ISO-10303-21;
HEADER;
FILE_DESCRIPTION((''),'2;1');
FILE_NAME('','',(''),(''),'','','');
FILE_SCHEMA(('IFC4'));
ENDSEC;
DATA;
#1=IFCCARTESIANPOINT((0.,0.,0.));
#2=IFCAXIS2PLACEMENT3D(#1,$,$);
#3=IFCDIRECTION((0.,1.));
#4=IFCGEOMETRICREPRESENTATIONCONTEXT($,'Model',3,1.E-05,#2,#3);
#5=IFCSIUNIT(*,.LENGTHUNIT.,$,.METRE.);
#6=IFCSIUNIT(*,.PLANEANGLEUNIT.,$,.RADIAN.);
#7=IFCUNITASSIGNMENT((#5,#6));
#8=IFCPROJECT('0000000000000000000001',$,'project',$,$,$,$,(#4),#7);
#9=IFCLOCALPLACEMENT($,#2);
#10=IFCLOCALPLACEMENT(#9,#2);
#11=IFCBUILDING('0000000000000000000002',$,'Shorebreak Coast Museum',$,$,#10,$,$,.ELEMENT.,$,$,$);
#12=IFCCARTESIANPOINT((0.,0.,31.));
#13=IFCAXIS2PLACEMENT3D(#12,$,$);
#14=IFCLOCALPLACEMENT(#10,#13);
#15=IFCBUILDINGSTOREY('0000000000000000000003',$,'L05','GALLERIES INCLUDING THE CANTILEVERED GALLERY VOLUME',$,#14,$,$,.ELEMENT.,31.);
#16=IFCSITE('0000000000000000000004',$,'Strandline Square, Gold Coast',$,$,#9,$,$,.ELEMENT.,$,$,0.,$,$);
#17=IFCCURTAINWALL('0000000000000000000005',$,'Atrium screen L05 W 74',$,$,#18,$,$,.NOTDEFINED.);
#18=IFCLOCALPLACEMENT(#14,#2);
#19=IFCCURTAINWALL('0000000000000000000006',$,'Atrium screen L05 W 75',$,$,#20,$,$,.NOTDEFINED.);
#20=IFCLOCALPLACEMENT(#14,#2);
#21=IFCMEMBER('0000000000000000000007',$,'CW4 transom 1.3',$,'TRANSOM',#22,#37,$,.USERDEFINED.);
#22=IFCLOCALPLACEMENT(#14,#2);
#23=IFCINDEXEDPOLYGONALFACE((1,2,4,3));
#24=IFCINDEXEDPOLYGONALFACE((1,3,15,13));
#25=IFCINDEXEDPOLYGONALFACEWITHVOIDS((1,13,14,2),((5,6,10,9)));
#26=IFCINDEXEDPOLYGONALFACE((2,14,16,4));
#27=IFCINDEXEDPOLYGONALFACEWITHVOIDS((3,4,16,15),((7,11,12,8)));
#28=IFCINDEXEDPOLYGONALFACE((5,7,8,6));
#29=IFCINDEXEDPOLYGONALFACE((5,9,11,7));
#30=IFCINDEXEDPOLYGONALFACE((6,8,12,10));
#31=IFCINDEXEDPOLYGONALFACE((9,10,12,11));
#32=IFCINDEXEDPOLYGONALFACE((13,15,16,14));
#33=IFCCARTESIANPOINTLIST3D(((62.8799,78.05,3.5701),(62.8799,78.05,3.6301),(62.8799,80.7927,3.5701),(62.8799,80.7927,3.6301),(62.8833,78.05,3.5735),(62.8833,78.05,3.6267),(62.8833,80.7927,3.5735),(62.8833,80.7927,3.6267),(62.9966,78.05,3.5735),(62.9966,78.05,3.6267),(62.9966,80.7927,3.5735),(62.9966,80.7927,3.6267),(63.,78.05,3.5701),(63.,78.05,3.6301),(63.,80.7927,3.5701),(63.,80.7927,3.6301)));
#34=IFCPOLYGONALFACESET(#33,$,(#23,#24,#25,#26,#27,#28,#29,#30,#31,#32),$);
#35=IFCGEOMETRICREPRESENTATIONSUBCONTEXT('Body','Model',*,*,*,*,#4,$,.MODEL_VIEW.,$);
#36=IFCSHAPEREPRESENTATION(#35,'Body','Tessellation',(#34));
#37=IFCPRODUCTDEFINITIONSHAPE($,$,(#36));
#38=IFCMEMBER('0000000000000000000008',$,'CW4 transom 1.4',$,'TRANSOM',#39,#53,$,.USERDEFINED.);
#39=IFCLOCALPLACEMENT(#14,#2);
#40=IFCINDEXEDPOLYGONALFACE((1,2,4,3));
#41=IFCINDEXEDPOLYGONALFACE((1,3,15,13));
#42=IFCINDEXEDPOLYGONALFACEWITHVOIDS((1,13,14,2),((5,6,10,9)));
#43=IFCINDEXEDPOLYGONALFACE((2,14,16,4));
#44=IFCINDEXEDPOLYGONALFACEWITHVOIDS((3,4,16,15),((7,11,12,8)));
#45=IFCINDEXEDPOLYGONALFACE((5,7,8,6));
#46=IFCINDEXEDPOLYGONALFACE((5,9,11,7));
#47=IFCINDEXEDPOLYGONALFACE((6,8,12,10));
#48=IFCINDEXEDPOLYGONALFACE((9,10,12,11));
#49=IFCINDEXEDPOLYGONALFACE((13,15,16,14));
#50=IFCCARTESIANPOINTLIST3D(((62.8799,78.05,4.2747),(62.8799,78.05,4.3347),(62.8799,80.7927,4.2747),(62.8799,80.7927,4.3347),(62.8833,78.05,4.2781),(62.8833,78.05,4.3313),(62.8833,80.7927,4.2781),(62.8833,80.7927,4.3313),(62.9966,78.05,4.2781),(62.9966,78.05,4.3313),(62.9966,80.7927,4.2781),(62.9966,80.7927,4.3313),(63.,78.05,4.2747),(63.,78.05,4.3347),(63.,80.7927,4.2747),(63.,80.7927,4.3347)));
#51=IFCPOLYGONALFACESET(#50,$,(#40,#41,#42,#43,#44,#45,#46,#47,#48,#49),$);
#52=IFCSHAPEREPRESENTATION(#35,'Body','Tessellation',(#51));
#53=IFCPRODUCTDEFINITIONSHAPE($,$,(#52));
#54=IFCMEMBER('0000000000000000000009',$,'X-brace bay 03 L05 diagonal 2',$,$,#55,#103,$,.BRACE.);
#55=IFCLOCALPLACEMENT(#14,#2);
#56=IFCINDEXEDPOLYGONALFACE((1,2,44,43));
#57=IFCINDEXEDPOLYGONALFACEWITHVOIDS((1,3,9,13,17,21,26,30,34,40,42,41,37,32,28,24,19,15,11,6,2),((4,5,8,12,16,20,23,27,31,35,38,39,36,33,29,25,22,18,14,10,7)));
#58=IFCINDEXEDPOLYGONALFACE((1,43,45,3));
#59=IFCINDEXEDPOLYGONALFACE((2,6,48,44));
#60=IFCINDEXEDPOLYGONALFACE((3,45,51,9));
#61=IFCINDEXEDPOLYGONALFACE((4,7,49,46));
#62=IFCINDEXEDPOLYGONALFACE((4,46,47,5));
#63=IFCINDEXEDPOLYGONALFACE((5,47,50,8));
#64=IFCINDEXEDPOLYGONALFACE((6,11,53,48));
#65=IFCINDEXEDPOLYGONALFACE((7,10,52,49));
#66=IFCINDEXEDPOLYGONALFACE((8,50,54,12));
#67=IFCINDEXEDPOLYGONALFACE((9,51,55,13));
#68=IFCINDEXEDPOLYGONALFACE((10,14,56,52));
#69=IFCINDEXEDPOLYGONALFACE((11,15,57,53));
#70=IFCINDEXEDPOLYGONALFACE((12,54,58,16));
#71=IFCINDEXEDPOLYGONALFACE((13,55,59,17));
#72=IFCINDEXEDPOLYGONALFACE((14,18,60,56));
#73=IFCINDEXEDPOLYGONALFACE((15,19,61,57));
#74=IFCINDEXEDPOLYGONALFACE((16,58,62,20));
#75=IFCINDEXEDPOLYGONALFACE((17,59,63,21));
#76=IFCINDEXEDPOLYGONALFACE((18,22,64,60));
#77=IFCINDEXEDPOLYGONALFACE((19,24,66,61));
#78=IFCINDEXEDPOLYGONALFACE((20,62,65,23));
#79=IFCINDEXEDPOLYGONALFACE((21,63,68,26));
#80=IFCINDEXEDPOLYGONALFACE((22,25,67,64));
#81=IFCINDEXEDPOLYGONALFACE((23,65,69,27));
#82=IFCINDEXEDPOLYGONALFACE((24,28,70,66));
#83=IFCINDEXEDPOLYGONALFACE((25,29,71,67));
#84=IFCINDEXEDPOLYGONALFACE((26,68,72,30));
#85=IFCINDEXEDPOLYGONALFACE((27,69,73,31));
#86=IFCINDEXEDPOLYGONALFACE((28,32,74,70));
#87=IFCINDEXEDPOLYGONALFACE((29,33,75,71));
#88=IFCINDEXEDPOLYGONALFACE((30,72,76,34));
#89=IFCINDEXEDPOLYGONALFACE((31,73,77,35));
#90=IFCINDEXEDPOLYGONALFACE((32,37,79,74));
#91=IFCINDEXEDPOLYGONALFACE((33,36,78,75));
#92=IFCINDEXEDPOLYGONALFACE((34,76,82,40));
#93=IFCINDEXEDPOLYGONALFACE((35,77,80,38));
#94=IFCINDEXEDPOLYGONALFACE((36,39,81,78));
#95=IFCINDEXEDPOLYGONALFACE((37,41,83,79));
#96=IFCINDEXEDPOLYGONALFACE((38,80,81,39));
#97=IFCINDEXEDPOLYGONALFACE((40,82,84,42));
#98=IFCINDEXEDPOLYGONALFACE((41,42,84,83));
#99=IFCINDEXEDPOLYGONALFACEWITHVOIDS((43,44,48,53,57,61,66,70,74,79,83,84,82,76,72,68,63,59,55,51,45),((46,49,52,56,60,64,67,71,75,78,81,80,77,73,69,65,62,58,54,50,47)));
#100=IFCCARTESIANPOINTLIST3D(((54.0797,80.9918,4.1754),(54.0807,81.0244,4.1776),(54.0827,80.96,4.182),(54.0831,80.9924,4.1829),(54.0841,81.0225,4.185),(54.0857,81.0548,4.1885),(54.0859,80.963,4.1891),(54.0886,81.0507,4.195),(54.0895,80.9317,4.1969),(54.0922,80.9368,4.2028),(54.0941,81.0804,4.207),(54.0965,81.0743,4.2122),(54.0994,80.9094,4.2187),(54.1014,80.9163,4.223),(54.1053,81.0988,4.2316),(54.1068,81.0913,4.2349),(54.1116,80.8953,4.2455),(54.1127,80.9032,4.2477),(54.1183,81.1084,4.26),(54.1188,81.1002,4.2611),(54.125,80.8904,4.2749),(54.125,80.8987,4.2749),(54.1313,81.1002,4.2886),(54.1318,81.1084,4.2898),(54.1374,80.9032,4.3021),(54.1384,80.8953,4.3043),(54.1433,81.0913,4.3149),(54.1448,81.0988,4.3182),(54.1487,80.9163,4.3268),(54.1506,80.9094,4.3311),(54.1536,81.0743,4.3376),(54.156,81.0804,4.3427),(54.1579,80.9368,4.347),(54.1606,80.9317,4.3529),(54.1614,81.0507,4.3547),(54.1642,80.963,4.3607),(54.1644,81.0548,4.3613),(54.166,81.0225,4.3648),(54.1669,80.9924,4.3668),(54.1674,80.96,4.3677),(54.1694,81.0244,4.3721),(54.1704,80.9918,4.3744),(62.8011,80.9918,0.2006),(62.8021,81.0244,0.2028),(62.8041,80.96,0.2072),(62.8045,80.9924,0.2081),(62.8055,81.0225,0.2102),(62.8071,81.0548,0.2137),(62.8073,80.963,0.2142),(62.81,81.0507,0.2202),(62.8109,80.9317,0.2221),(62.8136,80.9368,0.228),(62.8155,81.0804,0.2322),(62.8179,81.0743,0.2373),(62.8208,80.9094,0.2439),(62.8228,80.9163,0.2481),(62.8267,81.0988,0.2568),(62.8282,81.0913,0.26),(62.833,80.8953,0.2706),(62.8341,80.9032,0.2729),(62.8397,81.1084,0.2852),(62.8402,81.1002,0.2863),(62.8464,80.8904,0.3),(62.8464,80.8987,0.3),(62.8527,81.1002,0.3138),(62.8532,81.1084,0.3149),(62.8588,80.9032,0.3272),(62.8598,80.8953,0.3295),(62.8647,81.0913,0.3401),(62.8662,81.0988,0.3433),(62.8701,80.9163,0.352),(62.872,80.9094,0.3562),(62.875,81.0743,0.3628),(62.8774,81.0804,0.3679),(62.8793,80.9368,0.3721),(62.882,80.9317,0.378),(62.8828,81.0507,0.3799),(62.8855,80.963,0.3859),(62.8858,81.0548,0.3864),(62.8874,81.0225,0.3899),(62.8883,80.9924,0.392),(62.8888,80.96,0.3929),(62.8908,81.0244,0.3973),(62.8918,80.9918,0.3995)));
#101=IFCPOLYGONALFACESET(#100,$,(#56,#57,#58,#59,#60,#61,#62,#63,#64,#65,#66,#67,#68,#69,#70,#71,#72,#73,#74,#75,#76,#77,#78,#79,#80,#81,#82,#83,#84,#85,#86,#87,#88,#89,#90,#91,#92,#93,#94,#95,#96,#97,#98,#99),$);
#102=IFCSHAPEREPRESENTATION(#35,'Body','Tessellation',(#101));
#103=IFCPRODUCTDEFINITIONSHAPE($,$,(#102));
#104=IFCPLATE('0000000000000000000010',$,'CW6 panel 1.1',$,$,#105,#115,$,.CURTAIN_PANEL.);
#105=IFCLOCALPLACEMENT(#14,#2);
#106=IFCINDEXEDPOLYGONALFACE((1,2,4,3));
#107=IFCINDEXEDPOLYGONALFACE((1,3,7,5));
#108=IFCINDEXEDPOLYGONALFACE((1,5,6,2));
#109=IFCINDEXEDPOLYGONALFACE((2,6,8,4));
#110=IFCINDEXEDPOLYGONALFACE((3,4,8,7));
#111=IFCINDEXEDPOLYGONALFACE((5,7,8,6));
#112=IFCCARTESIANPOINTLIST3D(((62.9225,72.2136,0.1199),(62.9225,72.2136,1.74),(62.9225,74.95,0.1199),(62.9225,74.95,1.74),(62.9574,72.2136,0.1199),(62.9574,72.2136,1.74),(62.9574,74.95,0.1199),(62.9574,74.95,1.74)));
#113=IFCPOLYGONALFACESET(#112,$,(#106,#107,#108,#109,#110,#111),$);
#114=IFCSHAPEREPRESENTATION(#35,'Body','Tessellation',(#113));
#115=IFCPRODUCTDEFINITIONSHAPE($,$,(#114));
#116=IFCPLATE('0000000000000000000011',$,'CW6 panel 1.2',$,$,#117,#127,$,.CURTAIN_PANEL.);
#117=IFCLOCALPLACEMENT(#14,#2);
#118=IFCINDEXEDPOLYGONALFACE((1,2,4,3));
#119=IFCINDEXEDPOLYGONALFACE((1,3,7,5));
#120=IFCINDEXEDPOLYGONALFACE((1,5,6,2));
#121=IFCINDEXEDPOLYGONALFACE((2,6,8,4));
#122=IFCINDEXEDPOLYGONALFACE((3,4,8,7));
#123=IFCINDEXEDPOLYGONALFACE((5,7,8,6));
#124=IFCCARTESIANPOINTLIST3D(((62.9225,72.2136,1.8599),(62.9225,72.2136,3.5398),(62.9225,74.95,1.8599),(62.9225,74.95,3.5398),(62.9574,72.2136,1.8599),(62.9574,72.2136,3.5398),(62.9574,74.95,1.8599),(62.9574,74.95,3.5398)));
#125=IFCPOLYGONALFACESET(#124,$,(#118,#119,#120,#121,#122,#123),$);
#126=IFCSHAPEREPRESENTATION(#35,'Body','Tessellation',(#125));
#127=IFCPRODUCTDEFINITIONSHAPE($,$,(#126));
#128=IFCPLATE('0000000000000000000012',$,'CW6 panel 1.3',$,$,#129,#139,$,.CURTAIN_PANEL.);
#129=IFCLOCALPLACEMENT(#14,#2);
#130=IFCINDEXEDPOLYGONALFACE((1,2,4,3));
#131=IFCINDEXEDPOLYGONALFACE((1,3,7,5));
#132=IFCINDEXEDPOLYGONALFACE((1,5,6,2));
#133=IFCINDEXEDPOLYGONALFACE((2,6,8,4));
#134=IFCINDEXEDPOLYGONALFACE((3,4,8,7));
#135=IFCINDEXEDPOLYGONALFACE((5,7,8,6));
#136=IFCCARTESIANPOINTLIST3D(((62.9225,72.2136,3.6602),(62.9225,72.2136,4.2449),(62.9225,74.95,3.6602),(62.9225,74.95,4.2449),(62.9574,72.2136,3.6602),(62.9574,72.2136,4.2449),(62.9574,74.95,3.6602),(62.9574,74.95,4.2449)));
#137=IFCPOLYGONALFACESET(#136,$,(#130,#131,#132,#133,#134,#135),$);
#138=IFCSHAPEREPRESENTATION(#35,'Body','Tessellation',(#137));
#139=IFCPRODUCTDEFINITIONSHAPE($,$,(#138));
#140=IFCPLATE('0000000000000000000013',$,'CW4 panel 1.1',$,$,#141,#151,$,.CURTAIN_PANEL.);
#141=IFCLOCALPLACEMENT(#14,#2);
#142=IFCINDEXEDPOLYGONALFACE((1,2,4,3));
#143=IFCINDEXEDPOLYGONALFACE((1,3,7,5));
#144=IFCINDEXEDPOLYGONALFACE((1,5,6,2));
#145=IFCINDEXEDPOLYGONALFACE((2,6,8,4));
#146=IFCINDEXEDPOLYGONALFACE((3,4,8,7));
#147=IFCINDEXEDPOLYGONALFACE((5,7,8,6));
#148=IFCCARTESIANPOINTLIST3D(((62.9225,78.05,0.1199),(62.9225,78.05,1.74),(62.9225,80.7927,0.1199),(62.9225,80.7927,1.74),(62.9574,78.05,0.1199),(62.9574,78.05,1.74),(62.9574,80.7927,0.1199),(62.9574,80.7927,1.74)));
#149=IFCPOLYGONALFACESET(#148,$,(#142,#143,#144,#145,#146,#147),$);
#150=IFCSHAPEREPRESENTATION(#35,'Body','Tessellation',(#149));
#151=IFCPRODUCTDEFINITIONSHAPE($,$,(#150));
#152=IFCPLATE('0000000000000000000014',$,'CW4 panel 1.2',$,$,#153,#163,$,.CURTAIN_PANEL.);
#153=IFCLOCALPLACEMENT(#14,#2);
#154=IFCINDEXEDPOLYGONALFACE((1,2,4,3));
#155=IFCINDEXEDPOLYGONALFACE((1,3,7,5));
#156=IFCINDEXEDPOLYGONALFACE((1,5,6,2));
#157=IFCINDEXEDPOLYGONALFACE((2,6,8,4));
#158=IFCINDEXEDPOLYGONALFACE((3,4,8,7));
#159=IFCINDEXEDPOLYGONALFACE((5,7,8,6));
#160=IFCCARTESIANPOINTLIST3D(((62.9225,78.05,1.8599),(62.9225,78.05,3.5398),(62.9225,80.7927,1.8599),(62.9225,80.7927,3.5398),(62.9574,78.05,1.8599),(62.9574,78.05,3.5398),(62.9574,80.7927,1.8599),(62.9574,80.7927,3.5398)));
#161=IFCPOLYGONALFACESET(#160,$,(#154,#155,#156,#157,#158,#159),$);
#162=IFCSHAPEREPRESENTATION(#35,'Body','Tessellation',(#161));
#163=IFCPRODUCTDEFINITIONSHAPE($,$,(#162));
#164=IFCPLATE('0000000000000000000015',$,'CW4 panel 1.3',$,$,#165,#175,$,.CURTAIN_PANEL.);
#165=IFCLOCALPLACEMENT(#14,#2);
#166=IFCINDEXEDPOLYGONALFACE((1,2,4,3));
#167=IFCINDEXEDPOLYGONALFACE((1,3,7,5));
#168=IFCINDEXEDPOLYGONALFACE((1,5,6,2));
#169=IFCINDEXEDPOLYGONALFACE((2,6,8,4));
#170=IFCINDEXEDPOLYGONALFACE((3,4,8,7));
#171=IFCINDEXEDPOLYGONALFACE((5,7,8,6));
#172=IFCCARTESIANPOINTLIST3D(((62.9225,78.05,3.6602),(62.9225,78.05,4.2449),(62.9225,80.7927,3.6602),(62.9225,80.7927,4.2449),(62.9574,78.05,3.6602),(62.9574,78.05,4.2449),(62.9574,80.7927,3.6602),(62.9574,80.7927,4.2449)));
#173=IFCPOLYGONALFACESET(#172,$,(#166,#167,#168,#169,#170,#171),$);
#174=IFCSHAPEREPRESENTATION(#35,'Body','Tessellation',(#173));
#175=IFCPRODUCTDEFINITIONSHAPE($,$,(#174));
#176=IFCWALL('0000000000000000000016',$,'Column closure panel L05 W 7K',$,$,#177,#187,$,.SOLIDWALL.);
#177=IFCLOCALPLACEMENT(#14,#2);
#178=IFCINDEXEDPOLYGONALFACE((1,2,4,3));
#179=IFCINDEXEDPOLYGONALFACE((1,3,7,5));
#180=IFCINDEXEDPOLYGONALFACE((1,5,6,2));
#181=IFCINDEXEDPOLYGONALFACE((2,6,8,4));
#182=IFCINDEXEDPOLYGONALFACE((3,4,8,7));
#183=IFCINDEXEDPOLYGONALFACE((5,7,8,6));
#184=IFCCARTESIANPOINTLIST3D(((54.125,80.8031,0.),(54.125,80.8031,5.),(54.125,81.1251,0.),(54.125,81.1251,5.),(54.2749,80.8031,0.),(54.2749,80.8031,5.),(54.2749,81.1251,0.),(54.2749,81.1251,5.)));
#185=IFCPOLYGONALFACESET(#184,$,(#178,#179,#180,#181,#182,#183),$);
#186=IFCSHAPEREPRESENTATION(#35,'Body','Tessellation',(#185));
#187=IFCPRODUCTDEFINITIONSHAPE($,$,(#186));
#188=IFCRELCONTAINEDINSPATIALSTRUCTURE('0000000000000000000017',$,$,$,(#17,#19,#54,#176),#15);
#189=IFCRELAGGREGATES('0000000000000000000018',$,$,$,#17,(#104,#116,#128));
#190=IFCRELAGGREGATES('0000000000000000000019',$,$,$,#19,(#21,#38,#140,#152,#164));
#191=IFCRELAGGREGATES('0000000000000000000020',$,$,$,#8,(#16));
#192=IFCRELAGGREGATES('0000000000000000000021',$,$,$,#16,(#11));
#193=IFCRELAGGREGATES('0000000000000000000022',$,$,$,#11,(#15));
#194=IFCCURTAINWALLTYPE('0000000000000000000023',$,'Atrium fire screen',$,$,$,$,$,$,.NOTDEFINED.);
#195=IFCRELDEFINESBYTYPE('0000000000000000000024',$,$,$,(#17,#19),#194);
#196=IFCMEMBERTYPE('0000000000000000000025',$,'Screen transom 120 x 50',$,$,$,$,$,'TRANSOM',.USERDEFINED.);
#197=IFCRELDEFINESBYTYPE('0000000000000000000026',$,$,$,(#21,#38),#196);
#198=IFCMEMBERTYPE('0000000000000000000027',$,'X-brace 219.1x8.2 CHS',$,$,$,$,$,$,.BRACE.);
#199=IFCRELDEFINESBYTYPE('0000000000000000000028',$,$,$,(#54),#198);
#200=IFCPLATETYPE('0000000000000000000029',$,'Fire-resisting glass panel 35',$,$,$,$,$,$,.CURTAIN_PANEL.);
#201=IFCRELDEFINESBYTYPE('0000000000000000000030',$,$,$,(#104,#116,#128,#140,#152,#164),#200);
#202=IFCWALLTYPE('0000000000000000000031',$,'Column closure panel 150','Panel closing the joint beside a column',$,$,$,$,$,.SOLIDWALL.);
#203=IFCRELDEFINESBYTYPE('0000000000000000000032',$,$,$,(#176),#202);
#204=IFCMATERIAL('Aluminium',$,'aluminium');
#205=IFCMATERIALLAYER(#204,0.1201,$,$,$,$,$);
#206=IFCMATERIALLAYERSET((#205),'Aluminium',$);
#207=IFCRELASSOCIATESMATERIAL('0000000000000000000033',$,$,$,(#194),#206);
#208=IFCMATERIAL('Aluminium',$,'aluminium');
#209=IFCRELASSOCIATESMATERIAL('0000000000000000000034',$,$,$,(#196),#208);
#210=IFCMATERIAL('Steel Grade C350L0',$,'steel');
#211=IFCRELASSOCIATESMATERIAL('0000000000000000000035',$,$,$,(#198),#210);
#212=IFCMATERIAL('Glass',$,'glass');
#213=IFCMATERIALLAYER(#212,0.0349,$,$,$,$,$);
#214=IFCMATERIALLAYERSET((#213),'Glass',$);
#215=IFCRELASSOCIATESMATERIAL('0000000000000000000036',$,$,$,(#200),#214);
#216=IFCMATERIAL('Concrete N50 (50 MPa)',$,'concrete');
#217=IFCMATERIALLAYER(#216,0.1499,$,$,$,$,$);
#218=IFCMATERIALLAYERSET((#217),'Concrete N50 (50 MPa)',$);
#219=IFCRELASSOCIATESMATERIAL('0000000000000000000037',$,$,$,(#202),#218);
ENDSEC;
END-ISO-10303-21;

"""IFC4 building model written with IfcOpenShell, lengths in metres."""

from ifc_helpers import new_model, si_unit, direction, frame, frame_2d, origin, origin_2d, place, context, subcontext, project, spatial, rectangle, hollow_rectangle, hollow_circle, extrude, material, layer, layer_set, material_profile, profile_set, type_object, element, aggregate, save


model = new_model("IFC4")

# Units and contexts
model_context = context("Model", 3, precision=1e-05, world=origin(), true_north=direction((0.0, 1.0)))
body_context = subcontext(model_context, "Body", "Model", "MODEL_VIEW")
ifc_project = project(units=[si_unit("LENGTHUNIT", "METRE"), si_unit("PLANEANGLEUNIT", "RADIAN")], contexts=[model_context])

# Site, building, storey
site_placement = place(None, origin())
site = spatial("IfcSite", under=ifc_project, at=site_placement, Name="Strandline Square, Gold Coast", CompositionType="ELEMENT", RefElevation=0.0)
building_placement = place(site_placement, origin())
building = spatial("IfcBuilding", under=site, at=building_placement, Name="Shorebreak Coast Museum", CompositionType="ELEMENT")
storey_placement = place(building_placement, frame((0.0, 0.0, 31.0)))
storey = spatial("IfcBuildingStorey", under=building, at=storey_placement, Name="L05", Description="GALLERIES INCLUDING THE CANTILEVERED GALLERY VOLUME", CompositionType="ELEMENT", Elevation=31.0)

# Curtain wall
ifc_material_1 = material(Name="Aluminium", Category="aluminium")
ifc_layer_1 = layer(ifc_material_1, 0.1201)
ifc_layer_set_1 = layer_set([ifc_layer_1], Name="Aluminium")
curtain_wall_type = type_object("IfcCurtainWallType", Name="Atrium fire screen", PredefinedType="NOTDEFINED", material=ifc_layer_set_1)
curtain_wall_1_placement = place(storey_placement, origin())
curtain_wall_1 = element("IfcCurtainWall", 1, at=curtain_wall_1_placement, inside=storey, type_object=curtain_wall_type, Name="Atrium screen L05 W 74", PredefinedType="NOTDEFINED")

# Curtain wall
curtain_wall_2_placement = place(storey_placement, origin())
curtain_wall_2 = element("IfcCurtainWall", 2, at=curtain_wall_2_placement, inside=storey, type_object=curtain_wall_type, Name="Atrium screen L05 W 75", PredefinedType="NOTDEFINED")

# Members
ifc_material_2 = material(Name="Aluminium", Category="aluminium")
ifc_material_profile_1 = material_profile(ifc_material_2, hollow_rectangle(XDim=0.1201, YDim=0.0601, WallThickness=0.0034, at=origin_2d()), Name="AL 60x120 RHS")
ifc_profile_set_1 = profile_set([ifc_material_profile_1], Name="Aluminium")
member_type_1 = type_object("IfcMemberType", Name="Screen transom 120 x 50", ElementType="TRANSOM", PredefinedType="USERDEFINED", material=ifc_profile_set_1)
member_1_placement = place(storey_placement, frame((62.9399, 78.05, 3.6001), z_axis=(0.0, 1.0, 0.0), x_axis=(-1.0, 0.0, 0.0)))
member_1 = element("IfcMember", 3, at=member_1_placement, type_object=member_type_1, Name="CW4 transom 1.3", ObjectType="TRANSOM", PredefinedType="USERDEFINED", context=body_context, shape_type="SweptSolid", body=[
    extrude(hollow_rectangle(XDim=0.1201, YDim=0.0601, WallThickness=0.0034, at=origin_2d()), origin(), (0.0, 0.0, 1.0), 2.7427),
])
member_2_placement = place(storey_placement, frame((62.9399, 78.05, 4.3047), z_axis=(0.0, 1.0, 0.0), x_axis=(-1.0, 0.0, 0.0)))
member_2 = element("IfcMember", 4, at=member_2_placement, type_object=member_type_1, Name="CW4 transom 1.4", ObjectType="TRANSOM", PredefinedType="USERDEFINED", context=body_context, shape_type="SweptSolid", body=[
    extrude(hollow_rectangle(XDim=0.1201, YDim=0.0601, WallThickness=0.0034, at=origin_2d()), origin(), (0.0, 0.0, 1.0), 2.7427),
])
ifc_material_3 = material(Name="Steel Grade C350L0", Category="steel")
ifc_material_profile_2 = material_profile(ifc_material_3, hollow_circle(Radius=0.1096, WallThickness=0.0083, at=origin_2d()), Name="219.1x8.2 CHS")
ifc_profile_set_2 = profile_set([ifc_material_profile_2], Name="Steel Grade C350L0")
member_type_2 = type_object("IfcMemberType", Name="X-brace 219.1x8.2 CHS", PredefinedType="BRACE", material=ifc_profile_set_2)
member_3_placement = place(storey_placement, frame((62.8464, 81.0, 0.3), z_axis=(-0.909951, 0.0, 0.414716), x_axis=(0.0, -1.0, 0.0)))
element("IfcMember", 5, at=member_3_placement, inside=storey, type_object=member_type_2, Name="X-brace bay 03 L05 diagonal 2", PredefinedType="BRACE", context=body_context, shape_type="SweptSolid", body=[
    extrude(hollow_circle(Radius=0.1096, WallThickness=0.0083, at=origin_2d()), origin(), (0.0, 0.0, 1.0), 9.5845),
])

# Plates
ifc_material_4 = material(Name="Glass", Category="glass")
ifc_layer_2 = layer(ifc_material_4, 0.0349)
ifc_layer_set_2 = layer_set([ifc_layer_2], Name="Glass")
plate_type = type_object("IfcPlateType", Name="Fire-resisting glass panel 35", PredefinedType="CURTAIN_PANEL", material=ifc_layer_set_2)
plate_1_placement = place(storey_placement, frame((62.9399, 73.5818, 0.1199), z_axis=(0.0, 0.0, 1.0), x_axis=(0.0, 1.0, 0.0)))
plate_1 = element("IfcPlate", 6, at=plate_1_placement, type_object=plate_type, Name="CW6 panel 1.1", PredefinedType="CURTAIN_PANEL", context=body_context, shape_type="SweptSolid", body=[
    extrude(rectangle(XDim=2.7363, YDim=0.0349, at=origin_2d()), origin(), (0.0, 0.0, 1.0), 1.6201),
])
plate_2_placement = place(storey_placement, frame((62.9399, 73.5818, 1.8599), z_axis=(0.0, 0.0, 1.0), x_axis=(0.0, 1.0, 0.0)))
plate_2 = element("IfcPlate", 7, at=plate_2_placement, type_object=plate_type, Name="CW6 panel 1.2", PredefinedType="CURTAIN_PANEL", context=body_context, shape_type="SweptSolid", body=[
    extrude(rectangle(XDim=2.7363, YDim=0.0349, at=origin_2d()), origin(), (0.0, 0.0, 1.0), 1.6799),
])
plate_3_placement = place(storey_placement, frame((62.9399, 73.5818, 3.6602), z_axis=(0.0, 0.0, 1.0), x_axis=(0.0, 1.0, 0.0)))
plate_3 = element("IfcPlate", 8, at=plate_3_placement, type_object=plate_type, Name="CW6 panel 1.3", PredefinedType="CURTAIN_PANEL", context=body_context, shape_type="SweptSolid", body=[
    extrude(rectangle(XDim=2.7363, YDim=0.0349, at=origin_2d()), origin(), (0.0, 0.0, 1.0), 0.5847),
])
aggregate(curtain_wall_1, [plate_1, plate_2, plate_3])
plate_4_placement = place(storey_placement, frame((62.9399, 79.4214, 0.1199), z_axis=(0.0, 0.0, 1.0), x_axis=(0.0, 1.0, 0.0)))
plate_4 = element("IfcPlate", 9, at=plate_4_placement, type_object=plate_type, Name="CW4 panel 1.1", PredefinedType="CURTAIN_PANEL", context=body_context, shape_type="SweptSolid", body=[
    extrude(rectangle(XDim=2.7427, YDim=0.0349, at=origin_2d()), origin(), (0.0, 0.0, 1.0), 1.6201),
])
plate_5_placement = place(storey_placement, frame((62.9399, 79.4214, 1.8599), z_axis=(0.0, 0.0, 1.0), x_axis=(0.0, 1.0, 0.0)))
plate_5 = element("IfcPlate", 10, at=plate_5_placement, type_object=plate_type, Name="CW4 panel 1.2", PredefinedType="CURTAIN_PANEL", context=body_context, shape_type="SweptSolid", body=[
    extrude(rectangle(XDim=2.7427, YDim=0.0349, at=origin_2d()), origin(), (0.0, 0.0, 1.0), 1.6799),
])
plate_6_placement = place(storey_placement, frame((62.9399, 79.4214, 3.6602), z_axis=(0.0, 0.0, 1.0), x_axis=(0.0, 1.0, 0.0)))
plate_6 = element("IfcPlate", 11, at=plate_6_placement, type_object=plate_type, Name="CW4 panel 1.3", PredefinedType="CURTAIN_PANEL", context=body_context, shape_type="SweptSolid", body=[
    extrude(rectangle(XDim=2.7427, YDim=0.0349, at=origin_2d()), origin(), (0.0, 0.0, 1.0), 0.5847),
])
aggregate(curtain_wall_2, [member_1, member_2, plate_4, plate_5, plate_6])

# Wall
ifc_material_5 = material(Name="Concrete N50 (50 MPa)", Category="concrete")
ifc_layer_3 = layer(ifc_material_5, 0.1499)
ifc_layer_set_3 = layer_set([ifc_layer_3], Name="Concrete N50 (50 MPa)")
wall_type = type_object("IfcWallType", Name="Column closure panel 150", Description="Panel closing the joint beside a column", PredefinedType="SOLIDWALL", material=ifc_layer_set_3)
wall_placement = place(storey_placement, frame((54.2, 80.803, 0.0), z_axis=(0.0, 0.0, 1.0), x_axis=(0.0, 1.0, 0.0)))
element("IfcWall", 12, at=wall_placement, inside=storey, type_object=wall_type, Name="Column closure panel L05 W 7K", PredefinedType="SOLIDWALL", context=body_context, shape_type="SweptSolid", body=[
    extrude(rectangle(XDim=0.322, YDim=0.1499, at=frame_2d((0.1611, 0.0))), origin(), (0.0, 0.0, 1.0), 5.0),
])

save(model, "model.ifc")
